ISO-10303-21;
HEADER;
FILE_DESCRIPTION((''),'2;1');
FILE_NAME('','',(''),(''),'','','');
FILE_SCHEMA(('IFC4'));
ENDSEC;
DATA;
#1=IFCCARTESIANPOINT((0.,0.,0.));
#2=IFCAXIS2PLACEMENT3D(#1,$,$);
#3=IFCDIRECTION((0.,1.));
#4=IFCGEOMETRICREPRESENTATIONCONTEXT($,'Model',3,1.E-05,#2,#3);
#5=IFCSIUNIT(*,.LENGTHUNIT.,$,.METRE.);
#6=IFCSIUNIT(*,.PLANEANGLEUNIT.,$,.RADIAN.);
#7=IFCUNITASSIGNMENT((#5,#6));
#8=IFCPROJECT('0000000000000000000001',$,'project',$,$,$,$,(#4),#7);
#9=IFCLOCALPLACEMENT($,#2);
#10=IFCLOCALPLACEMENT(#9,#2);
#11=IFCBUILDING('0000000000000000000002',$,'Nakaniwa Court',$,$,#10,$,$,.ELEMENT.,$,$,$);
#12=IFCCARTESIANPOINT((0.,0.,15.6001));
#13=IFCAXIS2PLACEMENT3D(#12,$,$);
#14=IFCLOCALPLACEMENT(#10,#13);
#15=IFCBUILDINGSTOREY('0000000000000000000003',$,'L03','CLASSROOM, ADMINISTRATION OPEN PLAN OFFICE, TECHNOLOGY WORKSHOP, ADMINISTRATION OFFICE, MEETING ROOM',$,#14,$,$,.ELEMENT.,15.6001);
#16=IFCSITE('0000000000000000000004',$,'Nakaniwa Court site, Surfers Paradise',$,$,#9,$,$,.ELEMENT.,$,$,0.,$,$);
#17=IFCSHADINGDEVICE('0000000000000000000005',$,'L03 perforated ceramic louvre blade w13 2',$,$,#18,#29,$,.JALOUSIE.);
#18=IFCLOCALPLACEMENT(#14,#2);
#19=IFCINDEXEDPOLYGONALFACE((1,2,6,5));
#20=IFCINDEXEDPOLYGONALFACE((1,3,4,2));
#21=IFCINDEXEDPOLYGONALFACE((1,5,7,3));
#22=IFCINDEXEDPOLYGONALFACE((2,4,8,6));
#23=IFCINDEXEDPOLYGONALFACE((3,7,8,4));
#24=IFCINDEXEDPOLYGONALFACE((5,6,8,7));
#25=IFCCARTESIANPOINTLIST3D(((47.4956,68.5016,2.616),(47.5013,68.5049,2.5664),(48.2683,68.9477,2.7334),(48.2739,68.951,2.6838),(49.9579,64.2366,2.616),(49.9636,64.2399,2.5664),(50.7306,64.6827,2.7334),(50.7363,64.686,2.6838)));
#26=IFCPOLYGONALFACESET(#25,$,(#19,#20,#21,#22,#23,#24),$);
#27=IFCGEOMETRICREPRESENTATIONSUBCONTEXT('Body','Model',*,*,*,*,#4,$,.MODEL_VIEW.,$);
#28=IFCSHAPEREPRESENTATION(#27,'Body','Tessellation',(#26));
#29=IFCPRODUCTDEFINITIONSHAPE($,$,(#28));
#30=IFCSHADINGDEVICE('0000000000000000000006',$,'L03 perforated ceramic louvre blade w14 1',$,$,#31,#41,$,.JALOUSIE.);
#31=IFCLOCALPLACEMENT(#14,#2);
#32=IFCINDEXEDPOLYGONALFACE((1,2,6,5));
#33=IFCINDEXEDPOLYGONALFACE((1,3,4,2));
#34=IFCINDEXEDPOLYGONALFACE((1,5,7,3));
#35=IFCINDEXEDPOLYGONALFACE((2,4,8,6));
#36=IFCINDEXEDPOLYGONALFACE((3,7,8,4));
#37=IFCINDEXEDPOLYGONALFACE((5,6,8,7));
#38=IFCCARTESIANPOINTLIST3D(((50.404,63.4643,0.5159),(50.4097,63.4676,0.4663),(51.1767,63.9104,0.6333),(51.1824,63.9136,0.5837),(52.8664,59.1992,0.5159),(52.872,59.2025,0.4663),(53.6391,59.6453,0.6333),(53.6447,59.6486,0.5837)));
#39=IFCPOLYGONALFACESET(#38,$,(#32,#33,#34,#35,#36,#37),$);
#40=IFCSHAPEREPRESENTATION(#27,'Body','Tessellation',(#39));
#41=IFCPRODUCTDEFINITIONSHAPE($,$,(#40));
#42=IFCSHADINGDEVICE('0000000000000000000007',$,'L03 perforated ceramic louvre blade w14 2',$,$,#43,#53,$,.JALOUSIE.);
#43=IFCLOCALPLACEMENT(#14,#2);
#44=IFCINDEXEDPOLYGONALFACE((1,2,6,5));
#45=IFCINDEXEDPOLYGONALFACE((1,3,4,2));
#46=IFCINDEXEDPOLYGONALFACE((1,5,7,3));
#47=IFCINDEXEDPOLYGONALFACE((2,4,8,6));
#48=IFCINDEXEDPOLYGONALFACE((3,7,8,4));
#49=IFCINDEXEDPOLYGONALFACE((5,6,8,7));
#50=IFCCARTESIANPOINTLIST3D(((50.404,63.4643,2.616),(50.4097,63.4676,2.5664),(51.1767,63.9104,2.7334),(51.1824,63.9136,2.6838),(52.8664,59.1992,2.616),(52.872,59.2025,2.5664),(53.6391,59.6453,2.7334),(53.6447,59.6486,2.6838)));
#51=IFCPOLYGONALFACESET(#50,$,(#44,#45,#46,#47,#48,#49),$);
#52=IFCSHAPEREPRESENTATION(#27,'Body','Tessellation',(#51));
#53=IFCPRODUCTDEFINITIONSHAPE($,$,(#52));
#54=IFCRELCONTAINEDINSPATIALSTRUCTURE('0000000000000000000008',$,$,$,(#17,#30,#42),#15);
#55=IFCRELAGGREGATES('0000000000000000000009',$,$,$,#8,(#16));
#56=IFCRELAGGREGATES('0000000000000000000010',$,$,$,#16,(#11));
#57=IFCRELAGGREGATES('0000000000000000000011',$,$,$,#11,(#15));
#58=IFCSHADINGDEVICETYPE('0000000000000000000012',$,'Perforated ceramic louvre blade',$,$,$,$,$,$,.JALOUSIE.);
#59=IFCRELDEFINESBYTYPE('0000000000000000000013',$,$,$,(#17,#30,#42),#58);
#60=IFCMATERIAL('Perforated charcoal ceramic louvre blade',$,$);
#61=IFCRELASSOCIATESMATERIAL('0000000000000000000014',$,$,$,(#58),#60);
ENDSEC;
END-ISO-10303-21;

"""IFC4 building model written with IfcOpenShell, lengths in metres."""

from ifc_helpers import new_model, si_unit, direction, frame, origin, origin_2d, place, context, subcontext, project, spatial, rectangle, extrude, material, material_profile, profile_set, type_object, element, save


model = new_model("IFC4")

# Units and contexts
model_context = context("Model", 3, precision=1e-05, world=origin(), true_north=direction((0.0, 1.0)))
body_context = subcontext(model_context, "Body", "Model", "MODEL_VIEW")
ifc_project = project(units=[si_unit("LENGTHUNIT", "METRE"), si_unit("PLANEANGLEUNIT", "RADIAN")], contexts=[model_context])

# Site, building, storey
site_placement = place(None, origin())
site = spatial("IfcSite", under=ifc_project, at=site_placement, Name="Nakaniwa Court site, Surfers Paradise", CompositionType="ELEMENT", RefElevation=0.0)
building_placement = place(site_placement, origin())
building = spatial("IfcBuilding", under=site, at=building_placement, Name="Nakaniwa Court", CompositionType="ELEMENT")
storey_placement = place(building_placement, frame((0.0, 0.0, 15.6001)))
storey = spatial("IfcBuildingStorey", under=building, at=storey_placement, Name="L03", Description="CLASSROOM, ADMINISTRATION OPEN PLAN OFFICE, TECHNOLOGY WORKSHOP, ADMINISTRATION OFFICE, MEETING ROOM", CompositionType="ELEMENT", Elevation=15.6001)

# Shading devices
ifc_material_1 = material(Name="Perforated charcoal ceramic louvre blade")
ifc_material_profile_1 = material_profile(ifc_material_1, rectangle(XDim=0.8999, YDim=0.05, at=origin_2d()), Name="Perforated ceramic louvre blade")
ifc_profile_set_1 = profile_set([ifc_material_profile_1], Name="Perforated charcoal ceramic louvre blade")
shading_device_type = type_object("IfcShadingDeviceType", Name="Perforated ceramic louvre blade", PredefinedType="JALOUSIE", material=ifc_profile_set_1)
for number, where, z_axis, x_axis, name in (
    (1, (47.8848, 68.7263, 2.6499), (0.499989, -0.866032, 0.0), (0.858623, 0.495711, 0.130526), "L03 perforated ceramic louvre blade w13 2"),
    (2, (50.7932, 63.689, 0.5498), (0.499989, -0.866032, 0.0), (0.858623, 0.495711, 0.130526), "L03 perforated ceramic louvre blade w14 1"),
    (3, (50.7932, 63.689, 2.6499), (0.499989, -0.866032, 0.0), (0.858623, 0.495711, 0.130526), "L03 perforated ceramic louvre blade w14 2"),
):
    element("IfcShadingDevice", number, at=place(storey_placement, frame(where, z_axis=z_axis, x_axis=x_axis)), inside=storey, type_object=shading_device_type, Name=name, PredefinedType="JALOUSIE", context=body_context, shape_type="SweptSolid", body=[
        extrude(rectangle(XDim=0.8999, YDim=0.05, at=origin_2d()), origin(), (0.0, 0.0, 1.0), 4.9248),
    ])

save(model, "model.ifc")
